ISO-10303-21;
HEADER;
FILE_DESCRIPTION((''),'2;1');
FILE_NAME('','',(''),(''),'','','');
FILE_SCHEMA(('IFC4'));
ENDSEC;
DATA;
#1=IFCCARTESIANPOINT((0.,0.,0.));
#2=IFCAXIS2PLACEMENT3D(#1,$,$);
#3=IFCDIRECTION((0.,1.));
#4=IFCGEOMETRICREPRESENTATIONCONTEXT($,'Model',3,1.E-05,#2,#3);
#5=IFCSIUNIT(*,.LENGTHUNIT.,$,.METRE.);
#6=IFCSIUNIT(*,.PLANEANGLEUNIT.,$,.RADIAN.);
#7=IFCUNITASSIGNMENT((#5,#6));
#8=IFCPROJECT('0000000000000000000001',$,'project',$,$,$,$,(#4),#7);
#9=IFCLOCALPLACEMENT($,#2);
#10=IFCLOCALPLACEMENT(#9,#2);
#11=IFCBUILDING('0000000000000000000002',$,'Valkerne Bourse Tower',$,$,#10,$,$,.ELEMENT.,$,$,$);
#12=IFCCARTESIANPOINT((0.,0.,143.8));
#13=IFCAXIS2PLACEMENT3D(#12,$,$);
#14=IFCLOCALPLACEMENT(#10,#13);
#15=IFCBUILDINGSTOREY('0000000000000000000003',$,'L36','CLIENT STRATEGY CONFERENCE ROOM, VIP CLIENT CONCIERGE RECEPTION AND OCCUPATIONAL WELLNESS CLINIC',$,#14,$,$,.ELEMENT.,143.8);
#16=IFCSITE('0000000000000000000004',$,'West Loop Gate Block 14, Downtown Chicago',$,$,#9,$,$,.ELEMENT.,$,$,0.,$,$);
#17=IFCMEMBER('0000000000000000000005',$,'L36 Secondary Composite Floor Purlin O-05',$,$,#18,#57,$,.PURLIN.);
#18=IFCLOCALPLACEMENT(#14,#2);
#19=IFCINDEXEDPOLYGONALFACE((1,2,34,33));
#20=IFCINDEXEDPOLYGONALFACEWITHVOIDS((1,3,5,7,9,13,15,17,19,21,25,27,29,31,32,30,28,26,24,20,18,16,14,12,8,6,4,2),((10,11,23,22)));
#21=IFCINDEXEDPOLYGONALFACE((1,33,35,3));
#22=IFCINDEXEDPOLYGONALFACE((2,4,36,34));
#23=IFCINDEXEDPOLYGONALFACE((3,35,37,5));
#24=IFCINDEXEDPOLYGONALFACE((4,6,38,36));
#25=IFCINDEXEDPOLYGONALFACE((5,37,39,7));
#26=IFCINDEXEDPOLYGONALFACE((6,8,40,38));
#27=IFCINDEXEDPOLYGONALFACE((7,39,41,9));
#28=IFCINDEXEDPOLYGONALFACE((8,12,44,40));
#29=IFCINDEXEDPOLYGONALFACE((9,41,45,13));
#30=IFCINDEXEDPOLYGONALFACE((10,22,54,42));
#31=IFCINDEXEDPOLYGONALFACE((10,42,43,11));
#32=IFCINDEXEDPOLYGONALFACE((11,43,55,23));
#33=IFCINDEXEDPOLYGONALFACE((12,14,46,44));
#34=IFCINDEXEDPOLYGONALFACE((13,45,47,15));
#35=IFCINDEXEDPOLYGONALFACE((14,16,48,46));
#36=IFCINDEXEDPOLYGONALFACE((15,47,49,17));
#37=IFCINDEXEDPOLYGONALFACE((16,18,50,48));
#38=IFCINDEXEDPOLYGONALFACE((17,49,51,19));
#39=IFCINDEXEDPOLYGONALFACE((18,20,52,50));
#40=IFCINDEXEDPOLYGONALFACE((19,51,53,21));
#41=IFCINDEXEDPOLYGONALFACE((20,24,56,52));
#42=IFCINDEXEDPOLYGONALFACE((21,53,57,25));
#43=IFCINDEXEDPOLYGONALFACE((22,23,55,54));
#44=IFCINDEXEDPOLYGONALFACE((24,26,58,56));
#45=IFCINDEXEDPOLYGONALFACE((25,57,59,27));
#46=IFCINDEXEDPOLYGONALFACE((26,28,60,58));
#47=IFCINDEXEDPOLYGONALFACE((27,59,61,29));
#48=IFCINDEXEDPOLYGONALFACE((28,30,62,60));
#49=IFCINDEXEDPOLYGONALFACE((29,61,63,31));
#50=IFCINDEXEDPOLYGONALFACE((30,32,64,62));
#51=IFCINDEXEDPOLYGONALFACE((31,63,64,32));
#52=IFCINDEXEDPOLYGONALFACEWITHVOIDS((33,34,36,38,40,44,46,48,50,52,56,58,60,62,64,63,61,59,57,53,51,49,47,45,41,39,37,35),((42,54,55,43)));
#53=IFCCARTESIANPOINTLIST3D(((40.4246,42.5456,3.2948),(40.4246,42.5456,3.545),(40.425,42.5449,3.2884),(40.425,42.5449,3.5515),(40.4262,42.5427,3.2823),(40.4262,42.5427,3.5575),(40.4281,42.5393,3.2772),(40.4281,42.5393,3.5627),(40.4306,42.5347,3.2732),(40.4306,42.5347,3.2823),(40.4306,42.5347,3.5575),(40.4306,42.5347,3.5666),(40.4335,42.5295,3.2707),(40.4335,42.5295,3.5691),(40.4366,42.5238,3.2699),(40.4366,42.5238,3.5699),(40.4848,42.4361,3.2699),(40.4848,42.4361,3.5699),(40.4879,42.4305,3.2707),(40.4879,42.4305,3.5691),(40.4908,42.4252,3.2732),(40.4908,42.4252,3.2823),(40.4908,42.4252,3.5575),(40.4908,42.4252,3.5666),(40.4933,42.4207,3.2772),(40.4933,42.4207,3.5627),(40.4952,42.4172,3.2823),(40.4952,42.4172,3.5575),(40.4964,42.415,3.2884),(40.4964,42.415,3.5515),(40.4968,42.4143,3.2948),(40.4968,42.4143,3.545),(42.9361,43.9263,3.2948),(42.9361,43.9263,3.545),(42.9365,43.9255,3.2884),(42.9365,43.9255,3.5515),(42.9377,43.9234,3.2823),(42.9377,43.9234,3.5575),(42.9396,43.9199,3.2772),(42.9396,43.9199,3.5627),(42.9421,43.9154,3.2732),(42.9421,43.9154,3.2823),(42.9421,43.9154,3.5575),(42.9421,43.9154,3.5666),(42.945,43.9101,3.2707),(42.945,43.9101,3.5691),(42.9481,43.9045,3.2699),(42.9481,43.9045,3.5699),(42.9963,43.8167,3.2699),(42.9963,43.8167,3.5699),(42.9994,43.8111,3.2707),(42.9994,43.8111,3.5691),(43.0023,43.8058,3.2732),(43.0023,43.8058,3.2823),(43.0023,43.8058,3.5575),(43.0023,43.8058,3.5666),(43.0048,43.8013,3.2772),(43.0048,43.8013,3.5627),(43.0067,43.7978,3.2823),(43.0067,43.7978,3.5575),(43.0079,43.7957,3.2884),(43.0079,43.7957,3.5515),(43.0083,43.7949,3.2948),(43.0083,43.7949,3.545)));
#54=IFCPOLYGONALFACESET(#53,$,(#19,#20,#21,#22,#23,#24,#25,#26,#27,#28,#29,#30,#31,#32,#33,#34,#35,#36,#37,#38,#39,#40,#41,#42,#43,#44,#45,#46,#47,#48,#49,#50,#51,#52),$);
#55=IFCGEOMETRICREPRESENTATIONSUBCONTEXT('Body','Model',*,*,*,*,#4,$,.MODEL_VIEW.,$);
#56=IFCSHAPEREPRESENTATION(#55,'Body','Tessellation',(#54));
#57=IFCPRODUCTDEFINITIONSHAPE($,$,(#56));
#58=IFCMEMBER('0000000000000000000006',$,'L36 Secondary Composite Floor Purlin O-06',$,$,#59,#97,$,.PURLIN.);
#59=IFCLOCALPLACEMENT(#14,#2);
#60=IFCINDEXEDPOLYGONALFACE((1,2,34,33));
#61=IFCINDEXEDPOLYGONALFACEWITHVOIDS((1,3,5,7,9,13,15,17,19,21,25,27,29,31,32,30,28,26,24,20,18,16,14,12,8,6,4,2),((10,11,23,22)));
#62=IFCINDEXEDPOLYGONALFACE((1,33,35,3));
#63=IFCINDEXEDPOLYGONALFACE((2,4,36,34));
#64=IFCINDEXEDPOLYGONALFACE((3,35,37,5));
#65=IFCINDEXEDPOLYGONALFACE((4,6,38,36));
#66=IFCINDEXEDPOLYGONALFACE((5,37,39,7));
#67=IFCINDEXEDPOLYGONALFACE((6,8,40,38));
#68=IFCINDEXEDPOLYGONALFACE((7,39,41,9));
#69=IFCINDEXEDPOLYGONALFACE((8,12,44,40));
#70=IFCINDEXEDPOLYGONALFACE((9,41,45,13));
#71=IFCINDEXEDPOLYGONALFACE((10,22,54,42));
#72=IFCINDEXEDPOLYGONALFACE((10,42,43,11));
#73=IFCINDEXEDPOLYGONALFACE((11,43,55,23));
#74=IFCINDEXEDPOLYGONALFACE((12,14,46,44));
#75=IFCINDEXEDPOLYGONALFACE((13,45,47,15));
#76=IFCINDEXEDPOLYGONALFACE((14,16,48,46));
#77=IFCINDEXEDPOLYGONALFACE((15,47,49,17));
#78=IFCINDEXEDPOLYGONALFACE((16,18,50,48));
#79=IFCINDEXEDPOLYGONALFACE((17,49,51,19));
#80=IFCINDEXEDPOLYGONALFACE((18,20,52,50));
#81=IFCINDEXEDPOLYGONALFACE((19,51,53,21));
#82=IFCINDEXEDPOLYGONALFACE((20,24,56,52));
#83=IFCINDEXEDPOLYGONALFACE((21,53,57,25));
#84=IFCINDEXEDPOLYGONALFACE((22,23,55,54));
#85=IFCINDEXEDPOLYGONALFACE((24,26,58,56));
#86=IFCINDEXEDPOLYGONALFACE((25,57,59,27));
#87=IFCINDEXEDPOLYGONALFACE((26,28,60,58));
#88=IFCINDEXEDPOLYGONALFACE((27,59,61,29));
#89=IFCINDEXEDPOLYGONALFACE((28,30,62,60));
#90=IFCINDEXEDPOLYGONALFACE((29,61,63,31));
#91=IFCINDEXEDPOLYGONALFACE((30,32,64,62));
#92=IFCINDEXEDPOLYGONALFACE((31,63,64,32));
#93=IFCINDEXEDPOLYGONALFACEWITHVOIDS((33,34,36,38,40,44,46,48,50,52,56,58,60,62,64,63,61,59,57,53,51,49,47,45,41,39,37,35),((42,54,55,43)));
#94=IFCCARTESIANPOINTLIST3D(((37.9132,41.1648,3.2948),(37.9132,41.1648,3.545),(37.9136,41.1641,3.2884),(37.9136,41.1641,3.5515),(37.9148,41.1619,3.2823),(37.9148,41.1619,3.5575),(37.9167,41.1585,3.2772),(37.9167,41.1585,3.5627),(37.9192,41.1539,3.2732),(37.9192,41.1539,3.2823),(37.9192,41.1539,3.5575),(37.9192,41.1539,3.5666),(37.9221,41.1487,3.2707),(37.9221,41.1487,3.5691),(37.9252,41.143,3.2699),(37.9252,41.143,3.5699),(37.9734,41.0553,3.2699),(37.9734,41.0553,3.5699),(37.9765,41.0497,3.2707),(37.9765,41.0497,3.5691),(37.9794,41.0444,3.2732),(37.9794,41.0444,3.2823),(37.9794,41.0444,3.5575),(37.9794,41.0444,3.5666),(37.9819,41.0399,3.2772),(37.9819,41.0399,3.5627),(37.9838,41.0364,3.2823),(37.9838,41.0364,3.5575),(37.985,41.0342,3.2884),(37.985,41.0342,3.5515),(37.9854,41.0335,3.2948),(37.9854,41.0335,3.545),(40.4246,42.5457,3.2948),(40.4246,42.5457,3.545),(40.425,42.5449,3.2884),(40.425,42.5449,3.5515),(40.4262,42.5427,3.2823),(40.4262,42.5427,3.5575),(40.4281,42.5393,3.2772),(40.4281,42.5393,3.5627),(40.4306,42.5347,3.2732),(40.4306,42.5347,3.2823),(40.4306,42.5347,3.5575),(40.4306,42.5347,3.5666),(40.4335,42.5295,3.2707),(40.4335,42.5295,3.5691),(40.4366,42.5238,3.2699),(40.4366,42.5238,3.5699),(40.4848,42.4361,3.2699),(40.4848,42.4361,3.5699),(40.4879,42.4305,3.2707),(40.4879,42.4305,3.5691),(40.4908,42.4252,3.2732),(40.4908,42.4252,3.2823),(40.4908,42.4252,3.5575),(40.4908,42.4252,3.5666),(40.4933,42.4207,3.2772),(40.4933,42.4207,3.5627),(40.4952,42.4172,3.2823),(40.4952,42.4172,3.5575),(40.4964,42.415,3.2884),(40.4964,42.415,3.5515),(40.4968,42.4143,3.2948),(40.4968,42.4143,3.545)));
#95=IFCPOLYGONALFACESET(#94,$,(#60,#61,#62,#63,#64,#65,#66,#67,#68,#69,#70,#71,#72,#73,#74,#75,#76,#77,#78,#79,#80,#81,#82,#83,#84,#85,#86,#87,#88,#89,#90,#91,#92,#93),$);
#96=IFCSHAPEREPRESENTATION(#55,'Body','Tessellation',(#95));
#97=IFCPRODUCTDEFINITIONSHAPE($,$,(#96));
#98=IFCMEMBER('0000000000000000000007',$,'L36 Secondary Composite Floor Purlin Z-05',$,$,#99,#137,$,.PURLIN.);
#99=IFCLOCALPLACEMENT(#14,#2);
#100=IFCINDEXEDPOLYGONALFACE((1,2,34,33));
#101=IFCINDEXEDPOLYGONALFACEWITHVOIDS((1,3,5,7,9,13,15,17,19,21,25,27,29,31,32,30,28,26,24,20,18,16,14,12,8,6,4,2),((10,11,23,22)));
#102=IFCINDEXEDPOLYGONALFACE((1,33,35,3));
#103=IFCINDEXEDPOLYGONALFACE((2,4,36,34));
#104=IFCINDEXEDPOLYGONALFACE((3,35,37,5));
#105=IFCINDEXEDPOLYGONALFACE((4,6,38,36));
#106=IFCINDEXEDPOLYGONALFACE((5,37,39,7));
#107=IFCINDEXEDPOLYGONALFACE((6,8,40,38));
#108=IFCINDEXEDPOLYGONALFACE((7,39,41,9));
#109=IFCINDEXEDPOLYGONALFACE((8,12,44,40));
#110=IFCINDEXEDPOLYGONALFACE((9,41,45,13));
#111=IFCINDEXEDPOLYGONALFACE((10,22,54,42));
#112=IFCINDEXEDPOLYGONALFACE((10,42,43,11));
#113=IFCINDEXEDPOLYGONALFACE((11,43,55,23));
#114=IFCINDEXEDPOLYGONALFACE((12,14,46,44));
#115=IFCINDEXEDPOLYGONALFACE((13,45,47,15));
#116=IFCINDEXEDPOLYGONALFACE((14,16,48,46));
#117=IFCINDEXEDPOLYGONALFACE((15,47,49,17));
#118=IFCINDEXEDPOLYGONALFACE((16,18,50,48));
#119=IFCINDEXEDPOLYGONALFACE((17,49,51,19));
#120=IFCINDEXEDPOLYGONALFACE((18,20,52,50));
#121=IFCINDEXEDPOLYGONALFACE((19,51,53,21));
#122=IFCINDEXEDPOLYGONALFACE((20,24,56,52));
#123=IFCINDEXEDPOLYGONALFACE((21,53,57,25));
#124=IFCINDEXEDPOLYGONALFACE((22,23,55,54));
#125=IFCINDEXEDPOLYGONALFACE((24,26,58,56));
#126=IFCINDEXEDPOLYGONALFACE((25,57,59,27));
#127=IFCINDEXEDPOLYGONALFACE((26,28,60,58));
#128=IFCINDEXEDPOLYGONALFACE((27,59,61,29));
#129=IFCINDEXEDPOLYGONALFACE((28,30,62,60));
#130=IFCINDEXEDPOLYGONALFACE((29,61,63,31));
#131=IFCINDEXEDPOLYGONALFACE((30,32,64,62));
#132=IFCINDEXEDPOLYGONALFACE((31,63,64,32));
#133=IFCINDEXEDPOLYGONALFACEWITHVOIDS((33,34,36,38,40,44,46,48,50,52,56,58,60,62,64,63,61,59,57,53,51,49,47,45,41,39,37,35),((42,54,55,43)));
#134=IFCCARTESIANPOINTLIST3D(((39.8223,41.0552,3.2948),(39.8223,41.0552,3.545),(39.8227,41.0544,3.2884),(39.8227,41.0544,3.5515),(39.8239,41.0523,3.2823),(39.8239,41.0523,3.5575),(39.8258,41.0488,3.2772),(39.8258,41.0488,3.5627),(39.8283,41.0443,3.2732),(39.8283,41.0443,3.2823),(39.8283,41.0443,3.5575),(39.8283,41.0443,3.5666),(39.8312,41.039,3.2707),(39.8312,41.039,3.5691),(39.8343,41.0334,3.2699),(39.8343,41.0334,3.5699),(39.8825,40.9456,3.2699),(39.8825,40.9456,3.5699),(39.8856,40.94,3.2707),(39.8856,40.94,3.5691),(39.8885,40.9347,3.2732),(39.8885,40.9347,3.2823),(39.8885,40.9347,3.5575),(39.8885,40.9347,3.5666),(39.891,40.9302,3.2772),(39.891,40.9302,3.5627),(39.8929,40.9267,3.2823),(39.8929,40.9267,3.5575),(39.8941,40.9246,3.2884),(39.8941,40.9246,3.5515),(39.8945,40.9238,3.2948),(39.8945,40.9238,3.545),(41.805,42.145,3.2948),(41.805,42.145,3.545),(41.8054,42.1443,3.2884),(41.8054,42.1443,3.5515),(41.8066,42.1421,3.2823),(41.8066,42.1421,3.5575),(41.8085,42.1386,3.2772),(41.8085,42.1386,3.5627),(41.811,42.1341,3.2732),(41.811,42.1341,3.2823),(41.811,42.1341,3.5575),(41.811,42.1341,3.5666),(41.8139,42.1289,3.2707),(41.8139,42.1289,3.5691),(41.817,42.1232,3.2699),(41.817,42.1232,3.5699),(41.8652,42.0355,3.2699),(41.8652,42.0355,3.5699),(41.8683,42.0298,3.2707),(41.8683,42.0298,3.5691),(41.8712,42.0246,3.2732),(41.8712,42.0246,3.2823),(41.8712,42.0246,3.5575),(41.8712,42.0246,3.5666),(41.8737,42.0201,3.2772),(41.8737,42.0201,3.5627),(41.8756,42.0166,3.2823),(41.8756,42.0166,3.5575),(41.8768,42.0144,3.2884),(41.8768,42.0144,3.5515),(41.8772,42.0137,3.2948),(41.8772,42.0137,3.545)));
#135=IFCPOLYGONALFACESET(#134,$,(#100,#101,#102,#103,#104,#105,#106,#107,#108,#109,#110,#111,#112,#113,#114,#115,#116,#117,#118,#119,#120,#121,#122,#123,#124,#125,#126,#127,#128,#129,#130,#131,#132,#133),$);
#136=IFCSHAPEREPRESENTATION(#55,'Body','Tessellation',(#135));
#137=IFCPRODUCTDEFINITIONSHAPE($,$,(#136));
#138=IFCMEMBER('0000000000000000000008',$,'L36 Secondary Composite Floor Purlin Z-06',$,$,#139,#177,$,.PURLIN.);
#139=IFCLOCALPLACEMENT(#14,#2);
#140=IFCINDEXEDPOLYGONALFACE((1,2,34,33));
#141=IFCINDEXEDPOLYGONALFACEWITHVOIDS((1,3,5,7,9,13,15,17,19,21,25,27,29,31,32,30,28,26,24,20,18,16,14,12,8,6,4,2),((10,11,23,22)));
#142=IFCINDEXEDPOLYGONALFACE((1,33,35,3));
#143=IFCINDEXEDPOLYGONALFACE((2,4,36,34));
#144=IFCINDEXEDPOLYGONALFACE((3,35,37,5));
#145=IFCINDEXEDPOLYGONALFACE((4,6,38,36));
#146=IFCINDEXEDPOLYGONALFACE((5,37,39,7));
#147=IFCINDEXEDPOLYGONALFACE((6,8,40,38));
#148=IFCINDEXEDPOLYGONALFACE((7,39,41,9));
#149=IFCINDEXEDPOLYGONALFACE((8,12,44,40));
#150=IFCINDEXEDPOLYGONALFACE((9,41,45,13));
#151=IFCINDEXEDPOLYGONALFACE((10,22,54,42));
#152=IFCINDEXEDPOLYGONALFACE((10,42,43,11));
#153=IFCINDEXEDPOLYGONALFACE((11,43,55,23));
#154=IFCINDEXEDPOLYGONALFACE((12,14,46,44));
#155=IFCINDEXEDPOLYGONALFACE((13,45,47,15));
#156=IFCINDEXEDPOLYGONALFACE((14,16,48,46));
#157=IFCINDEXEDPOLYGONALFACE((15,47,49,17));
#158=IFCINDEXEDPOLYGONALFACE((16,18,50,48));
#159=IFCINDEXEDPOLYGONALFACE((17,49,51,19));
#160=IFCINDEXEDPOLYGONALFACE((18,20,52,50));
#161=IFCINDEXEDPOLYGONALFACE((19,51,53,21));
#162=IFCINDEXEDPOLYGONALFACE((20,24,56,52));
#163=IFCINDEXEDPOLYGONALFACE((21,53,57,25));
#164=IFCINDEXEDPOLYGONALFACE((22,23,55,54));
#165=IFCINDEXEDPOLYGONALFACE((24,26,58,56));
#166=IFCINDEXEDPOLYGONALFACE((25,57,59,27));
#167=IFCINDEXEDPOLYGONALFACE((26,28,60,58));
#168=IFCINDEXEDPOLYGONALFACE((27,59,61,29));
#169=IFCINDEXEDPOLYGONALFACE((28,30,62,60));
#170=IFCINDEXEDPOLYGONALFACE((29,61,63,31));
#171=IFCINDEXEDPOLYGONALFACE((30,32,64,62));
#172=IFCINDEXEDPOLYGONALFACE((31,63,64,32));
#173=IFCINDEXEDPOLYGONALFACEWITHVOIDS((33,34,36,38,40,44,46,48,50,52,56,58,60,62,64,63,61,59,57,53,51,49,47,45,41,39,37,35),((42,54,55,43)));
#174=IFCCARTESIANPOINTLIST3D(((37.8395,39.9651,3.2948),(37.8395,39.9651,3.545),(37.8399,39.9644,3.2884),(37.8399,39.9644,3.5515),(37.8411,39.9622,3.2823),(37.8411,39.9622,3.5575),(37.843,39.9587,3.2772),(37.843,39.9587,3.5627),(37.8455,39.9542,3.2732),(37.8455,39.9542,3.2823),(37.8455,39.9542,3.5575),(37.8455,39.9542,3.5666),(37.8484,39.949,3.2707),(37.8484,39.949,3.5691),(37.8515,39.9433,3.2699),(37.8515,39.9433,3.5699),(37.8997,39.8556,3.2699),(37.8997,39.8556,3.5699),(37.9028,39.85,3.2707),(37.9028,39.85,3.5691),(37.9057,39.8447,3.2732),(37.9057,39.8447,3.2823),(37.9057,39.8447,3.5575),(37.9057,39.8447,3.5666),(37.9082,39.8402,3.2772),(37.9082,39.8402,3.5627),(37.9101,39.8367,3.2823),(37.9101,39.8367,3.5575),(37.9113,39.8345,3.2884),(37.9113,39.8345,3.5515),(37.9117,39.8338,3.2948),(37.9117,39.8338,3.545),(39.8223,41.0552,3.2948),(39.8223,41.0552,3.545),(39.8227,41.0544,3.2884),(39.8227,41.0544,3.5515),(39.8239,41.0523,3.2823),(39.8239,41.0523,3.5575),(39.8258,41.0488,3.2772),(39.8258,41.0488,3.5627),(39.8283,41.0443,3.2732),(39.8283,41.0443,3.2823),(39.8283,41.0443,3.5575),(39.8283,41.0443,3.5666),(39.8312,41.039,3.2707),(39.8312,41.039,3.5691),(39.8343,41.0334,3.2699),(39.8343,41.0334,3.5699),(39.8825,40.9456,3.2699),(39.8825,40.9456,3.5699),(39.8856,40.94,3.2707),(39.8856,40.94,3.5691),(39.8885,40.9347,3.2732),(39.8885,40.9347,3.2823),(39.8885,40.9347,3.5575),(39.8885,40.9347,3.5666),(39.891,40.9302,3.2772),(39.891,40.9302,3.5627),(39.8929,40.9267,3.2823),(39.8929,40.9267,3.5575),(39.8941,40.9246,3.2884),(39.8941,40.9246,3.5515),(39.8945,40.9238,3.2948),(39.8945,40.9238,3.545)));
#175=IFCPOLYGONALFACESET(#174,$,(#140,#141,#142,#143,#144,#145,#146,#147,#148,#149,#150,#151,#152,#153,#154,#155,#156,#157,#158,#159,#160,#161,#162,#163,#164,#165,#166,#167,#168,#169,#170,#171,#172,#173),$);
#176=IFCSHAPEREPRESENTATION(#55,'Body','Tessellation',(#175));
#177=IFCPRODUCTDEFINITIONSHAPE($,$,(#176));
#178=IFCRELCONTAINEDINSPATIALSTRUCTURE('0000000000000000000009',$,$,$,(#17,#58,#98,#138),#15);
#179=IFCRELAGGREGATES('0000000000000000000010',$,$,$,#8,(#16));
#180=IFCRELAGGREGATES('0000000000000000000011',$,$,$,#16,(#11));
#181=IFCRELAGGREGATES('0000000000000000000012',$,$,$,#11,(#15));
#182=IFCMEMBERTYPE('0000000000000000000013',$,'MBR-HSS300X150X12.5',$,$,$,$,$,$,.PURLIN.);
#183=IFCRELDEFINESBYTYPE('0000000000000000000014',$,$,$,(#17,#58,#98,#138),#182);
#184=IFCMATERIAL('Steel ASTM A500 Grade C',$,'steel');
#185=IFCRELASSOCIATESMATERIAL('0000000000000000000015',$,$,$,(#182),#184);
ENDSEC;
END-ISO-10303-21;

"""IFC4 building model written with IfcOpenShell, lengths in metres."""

from ifc_helpers import new_model, si_unit, direction, frame, origin, origin_2d, place, context, subcontext, project, spatial, hollow_rectangle, extrude, material, material_profile, profile_set, type_object, element, save


model = new_model("IFC4")

# Units and contexts
model_context = context("Model", 3, precision=1e-05, world=origin(), true_north=direction((0.0, 1.0)))
body_context = subcontext(model_context, "Body", "Model", "MODEL_VIEW")
ifc_project = project(units=[si_unit("LENGTHUNIT", "METRE"), si_unit("PLANEANGLEUNIT", "RADIAN")], contexts=[model_context])

# Site, building, storey
site_placement = place(None, origin())
site = spatial("IfcSite", under=ifc_project, at=site_placement, Name="West Loop Gate Block 14, Downtown Chicago", CompositionType="ELEMENT", RefElevation=0.0)
building_placement = place(site_placement, origin())
building = spatial("IfcBuilding", under=site, at=building_placement, Name="Valkerne Bourse Tower", CompositionType="ELEMENT")
storey_placement = place(building_placement, frame((0.0, 0.0, 143.8)))
storey = spatial("IfcBuildingStorey", under=building, at=storey_placement, Name="L36", Description="CLIENT STRATEGY CONFERENCE ROOM, VIP CLIENT CONCIERGE RECEPTION AND OCCUPATIONAL WELLNESS CLINIC", CompositionType="ELEMENT", Elevation=143.8)

# Members
ifc_material_1 = material(Name="Steel ASTM A500 Grade C", Category="steel")
ifc_material_profile_1 = material_profile(ifc_material_1, hollow_rectangle(XDim=0.1499, YDim=0.3, WallThickness=0.0125, OuterFilletRadius=0.0249, at=origin_2d()), Name="HSS300X150X12.5")
ifc_profile_set_1 = profile_set([ifc_material_profile_1], Name="Steel ASTM A500 Grade C")
member_type_1 = type_object("IfcMemberType", Name="MBR-HSS300X150X12.5", PredefinedType="PURLIN", material=ifc_profile_set_1)
for number, where, z_axis, x_axis, name in (
    (1, (42.9722, 43.8606, 3.4199), (-0.876318, -0.481732, 0.0), (0.481732, -0.876318, 0.0), "L36 Secondary Composite Floor Purlin O-05"),
    (2, (40.4607, 42.48, 3.4199), (-0.876282, -0.481798, 0.0), (0.481798, -0.876282, 0.0), "L36 Secondary Composite Floor Purlin O-06"),
):
    element("IfcMember", number, at=place(storey_placement, frame(where, z_axis=z_axis, x_axis=x_axis)), inside=storey, type_object=member_type_1, Name=name, PredefinedType="PURLIN", context=body_context, shape_type="SweptSolid", body=[
        extrude(hollow_rectangle(XDim=0.1499, YDim=0.3, WallThickness=0.0125, OuterFilletRadius=0.0249, at=origin_2d()), origin(), (0.0, 0.0, 1.0), 2.866),
    ])
member_1_placement = place(storey_placement, frame((41.8411, 42.0793, 3.4199), z_axis=(-0.876332, -0.481707, 0.0), x_axis=(0.481707, -0.876332, 0.0)))
element("IfcMember", 3, at=member_1_placement, inside=storey, type_object=member_type_1, Name="L36 Secondary Composite Floor Purlin Z-05", PredefinedType="PURLIN", context=body_context, shape_type="SweptSolid", body=[
    extrude(hollow_rectangle(XDim=0.1499, YDim=0.3, WallThickness=0.0125, OuterFilletRadius=0.0249, at=origin_2d()), origin(), (0.0, 0.0, 1.0), 2.2625),
])
member_2_placement = place(storey_placement, frame((39.8584, 40.9895, 3.4199), z_axis=(-0.876312, -0.481745, 0.0), x_axis=(0.481745, -0.876312, 0.0)))
element("IfcMember", 4, at=member_2_placement, inside=storey, type_object=member_type_1, Name="L36 Secondary Composite Floor Purlin Z-06", PredefinedType="PURLIN", context=body_context, shape_type="SweptSolid", body=[
    extrude(hollow_rectangle(XDim=0.1499, YDim=0.3, WallThickness=0.0125, OuterFilletRadius=0.0249, at=origin_2d()), origin(), (0.0, 0.0, 1.0), 2.2627),
])

save(model, "model.ifc")
